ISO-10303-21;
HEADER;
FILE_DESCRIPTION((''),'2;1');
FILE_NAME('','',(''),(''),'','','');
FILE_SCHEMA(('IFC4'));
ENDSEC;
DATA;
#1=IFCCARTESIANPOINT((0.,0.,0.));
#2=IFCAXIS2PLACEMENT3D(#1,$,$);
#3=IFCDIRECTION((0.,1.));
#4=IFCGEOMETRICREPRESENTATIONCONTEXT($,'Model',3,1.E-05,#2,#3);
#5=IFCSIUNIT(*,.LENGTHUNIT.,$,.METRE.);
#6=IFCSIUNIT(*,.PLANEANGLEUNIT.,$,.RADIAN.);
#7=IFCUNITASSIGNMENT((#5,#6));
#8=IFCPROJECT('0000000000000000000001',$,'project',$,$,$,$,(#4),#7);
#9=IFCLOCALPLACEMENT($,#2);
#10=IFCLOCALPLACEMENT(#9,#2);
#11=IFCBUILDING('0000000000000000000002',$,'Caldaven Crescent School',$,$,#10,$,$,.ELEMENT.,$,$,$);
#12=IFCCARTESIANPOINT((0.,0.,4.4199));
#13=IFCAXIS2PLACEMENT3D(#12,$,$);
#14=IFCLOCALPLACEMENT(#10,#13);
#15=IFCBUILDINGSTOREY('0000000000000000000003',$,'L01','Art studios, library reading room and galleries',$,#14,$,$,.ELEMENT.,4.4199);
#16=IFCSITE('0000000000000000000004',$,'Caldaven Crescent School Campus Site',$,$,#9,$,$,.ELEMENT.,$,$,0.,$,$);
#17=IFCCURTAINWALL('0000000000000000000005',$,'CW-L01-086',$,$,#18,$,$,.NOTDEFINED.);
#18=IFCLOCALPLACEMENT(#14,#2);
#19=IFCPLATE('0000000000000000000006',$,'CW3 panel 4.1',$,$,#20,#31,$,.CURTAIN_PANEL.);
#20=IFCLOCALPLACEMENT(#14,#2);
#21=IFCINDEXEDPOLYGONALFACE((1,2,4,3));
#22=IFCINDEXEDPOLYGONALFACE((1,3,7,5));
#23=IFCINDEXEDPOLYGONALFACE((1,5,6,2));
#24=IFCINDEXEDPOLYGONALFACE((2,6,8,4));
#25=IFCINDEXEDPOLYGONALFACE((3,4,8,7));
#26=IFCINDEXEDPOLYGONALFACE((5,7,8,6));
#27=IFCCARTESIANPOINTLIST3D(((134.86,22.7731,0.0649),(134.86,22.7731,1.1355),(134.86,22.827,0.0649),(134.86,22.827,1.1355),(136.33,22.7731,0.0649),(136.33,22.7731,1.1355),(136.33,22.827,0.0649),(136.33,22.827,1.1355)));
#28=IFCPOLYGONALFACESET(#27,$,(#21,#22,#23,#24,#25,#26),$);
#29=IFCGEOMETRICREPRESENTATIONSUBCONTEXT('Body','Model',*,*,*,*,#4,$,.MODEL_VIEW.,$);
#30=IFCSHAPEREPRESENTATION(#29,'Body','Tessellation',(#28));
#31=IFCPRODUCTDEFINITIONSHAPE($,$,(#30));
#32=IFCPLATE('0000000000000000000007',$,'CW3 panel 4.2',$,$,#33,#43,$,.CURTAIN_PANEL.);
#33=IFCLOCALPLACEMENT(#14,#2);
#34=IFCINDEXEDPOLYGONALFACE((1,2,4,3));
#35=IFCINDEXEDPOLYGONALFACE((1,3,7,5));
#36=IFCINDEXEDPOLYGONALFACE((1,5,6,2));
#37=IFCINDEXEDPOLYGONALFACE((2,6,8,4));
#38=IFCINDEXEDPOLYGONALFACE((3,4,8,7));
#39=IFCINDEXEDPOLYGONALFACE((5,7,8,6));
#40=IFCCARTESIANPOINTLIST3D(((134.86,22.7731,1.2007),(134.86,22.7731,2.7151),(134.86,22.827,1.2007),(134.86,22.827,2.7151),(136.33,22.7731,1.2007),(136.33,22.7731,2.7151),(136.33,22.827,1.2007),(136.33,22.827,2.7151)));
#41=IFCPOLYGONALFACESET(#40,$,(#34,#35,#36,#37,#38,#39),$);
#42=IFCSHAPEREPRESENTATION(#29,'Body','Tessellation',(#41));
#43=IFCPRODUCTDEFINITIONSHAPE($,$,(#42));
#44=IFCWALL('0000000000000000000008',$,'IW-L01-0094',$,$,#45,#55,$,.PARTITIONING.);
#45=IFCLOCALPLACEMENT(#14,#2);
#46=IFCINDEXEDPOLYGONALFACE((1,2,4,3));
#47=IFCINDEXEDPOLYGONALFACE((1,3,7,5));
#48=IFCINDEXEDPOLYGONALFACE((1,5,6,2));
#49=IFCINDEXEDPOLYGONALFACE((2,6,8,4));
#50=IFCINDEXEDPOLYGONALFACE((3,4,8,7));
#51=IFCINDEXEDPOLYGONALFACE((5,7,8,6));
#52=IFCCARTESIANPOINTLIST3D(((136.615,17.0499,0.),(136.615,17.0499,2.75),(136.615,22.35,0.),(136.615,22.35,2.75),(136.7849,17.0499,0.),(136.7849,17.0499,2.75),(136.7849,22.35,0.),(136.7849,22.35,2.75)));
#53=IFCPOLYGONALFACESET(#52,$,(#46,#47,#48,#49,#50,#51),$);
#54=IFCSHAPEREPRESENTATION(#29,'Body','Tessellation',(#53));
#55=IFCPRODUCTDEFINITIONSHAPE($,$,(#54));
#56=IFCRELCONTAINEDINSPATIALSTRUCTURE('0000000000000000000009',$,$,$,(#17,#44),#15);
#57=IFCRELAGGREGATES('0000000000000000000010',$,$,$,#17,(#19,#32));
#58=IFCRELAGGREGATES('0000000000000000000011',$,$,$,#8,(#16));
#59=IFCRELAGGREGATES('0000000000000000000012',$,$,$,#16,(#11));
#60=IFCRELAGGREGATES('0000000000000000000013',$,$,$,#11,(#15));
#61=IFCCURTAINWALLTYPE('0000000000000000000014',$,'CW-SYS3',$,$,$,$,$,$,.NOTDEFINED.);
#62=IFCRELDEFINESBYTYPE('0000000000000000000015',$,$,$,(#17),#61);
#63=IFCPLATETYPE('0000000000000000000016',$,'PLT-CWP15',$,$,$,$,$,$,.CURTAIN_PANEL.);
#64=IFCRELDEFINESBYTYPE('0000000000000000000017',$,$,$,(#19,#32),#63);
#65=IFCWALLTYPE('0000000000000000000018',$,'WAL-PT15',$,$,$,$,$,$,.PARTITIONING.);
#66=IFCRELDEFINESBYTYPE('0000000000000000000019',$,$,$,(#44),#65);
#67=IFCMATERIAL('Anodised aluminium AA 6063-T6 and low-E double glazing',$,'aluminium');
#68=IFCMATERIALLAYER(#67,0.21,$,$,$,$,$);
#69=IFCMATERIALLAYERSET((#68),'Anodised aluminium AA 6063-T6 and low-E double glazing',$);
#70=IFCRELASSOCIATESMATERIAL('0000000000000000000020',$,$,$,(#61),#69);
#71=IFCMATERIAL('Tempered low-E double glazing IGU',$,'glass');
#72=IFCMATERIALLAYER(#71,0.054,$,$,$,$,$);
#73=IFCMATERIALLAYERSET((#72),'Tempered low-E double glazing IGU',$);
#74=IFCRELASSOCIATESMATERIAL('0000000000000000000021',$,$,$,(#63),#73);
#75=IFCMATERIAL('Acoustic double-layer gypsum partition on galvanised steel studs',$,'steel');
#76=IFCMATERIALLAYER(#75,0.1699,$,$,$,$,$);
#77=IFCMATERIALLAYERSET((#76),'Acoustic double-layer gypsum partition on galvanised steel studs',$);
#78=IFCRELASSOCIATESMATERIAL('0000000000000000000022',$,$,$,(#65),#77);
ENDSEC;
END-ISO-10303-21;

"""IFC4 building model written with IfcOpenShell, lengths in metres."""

from ifc_helpers import new_model, si_unit, direction, frame, frame_2d, origin, origin_2d, place, context, subcontext, project, spatial, rectangle, extrude, material, layer, layer_set, type_object, element, aggregate, save


model = new_model("IFC4")

# Units and contexts
model_context = context("Model", 3, precision=1e-05, world=origin(), true_north=direction((0.0, 1.0)))
body_context = subcontext(model_context, "Body", "Model", "MODEL_VIEW")
ifc_project = project(units=[si_unit("LENGTHUNIT", "METRE"), si_unit("PLANEANGLEUNIT", "RADIAN")], contexts=[model_context])

# Site, building, storey
site_placement = place(None, origin())
site = spatial("IfcSite", under=ifc_project, at=site_placement, Name="Caldaven Crescent School Campus Site", CompositionType="ELEMENT", RefElevation=0.0)
building_placement = place(site_placement, origin())
building = spatial("IfcBuilding", under=site, at=building_placement, Name="Caldaven Crescent School", CompositionType="ELEMENT")
storey_placement = place(building_placement, frame((0.0, 0.0, 4.4199)))
storey = spatial("IfcBuildingStorey", under=building, at=storey_placement, Name="L01", Description="Art studios, library reading room and galleries", CompositionType="ELEMENT", Elevation=4.4199)

# Curtain wall, plates
ifc_material_1 = material(Name="Anodised aluminium AA 6063-T6 and low-E double glazing", Category="aluminium")
ifc_layer_1 = layer(ifc_material_1, 0.21)
ifc_layer_set_1 = layer_set([ifc_layer_1], Name="Anodised aluminium AA 6063-T6 and low-E double glazing")
curtain_wall_type = type_object("IfcCurtainWallType", Name="CW-SYS3", PredefinedType="NOTDEFINED", material=ifc_layer_set_1)
curtain_wall_placement = place(storey_placement, origin())
curtain_wall = element("IfcCurtainWall", 1, at=curtain_wall_placement, inside=storey, type_object=curtain_wall_type, Name="CW-L01-086", PredefinedType="NOTDEFINED")
ifc_material_2 = material(Name="Tempered low-E double glazing IGU", Category="glass")
ifc_layer_2 = layer(ifc_material_2, 0.054)
ifc_layer_set_2 = layer_set([ifc_layer_2], Name="Tempered low-E double glazing IGU")
plate_type = type_object("IfcPlateType", Name="PLT-CWP15", PredefinedType="CURTAIN_PANEL", material=ifc_layer_set_2)
plate_1_placement = place(storey_placement, frame((135.595, 22.8, 0.0649), z_axis=(0.0, 0.0, 1.0), x_axis=(1.0, 0.0, 0.0)))
plate_1 = element("IfcPlate", 2, at=plate_1_placement, type_object=plate_type, Name="CW3 panel 4.1", PredefinedType="CURTAIN_PANEL", context=body_context, shape_type="SweptSolid", body=[
    extrude(rectangle(XDim=1.47, YDim=0.054, at=origin_2d()), origin(), (0.0, 0.0, 1.0), 1.0706),
])
plate_2_placement = place(storey_placement, frame((135.595, 22.8, 1.2007), z_axis=(0.0, 0.0, 1.0), x_axis=(1.0, 0.0, 0.0)))
plate_2 = element("IfcPlate", 3, at=plate_2_placement, type_object=plate_type, Name="CW3 panel 4.2", PredefinedType="CURTAIN_PANEL", context=body_context, shape_type="SweptSolid", body=[
    extrude(rectangle(XDim=1.47, YDim=0.054, at=origin_2d()), origin(), (0.0, 0.0, 1.0), 1.5144),
])
aggregate(curtain_wall, [plate_1, plate_2])

# Wall
ifc_material_3 = material(Name="Acoustic double-layer gypsum partition on galvanised steel studs", Category="steel")
ifc_layer_3 = layer(ifc_material_3, 0.1699)
ifc_layer_set_3 = layer_set([ifc_layer_3], Name="Acoustic double-layer gypsum partition on galvanised steel studs")
wall_type = type_object("IfcWallType", Name="WAL-PT15", PredefinedType="PARTITIONING", material=ifc_layer_set_3)
wall_placement = place(storey_placement, frame((136.7, 17.05, 0.0), z_axis=(0.0, 0.0, 1.0), x_axis=(0.0, 1.0, 0.0)))
element("IfcWall", 4, at=wall_placement, inside=storey, type_object=wall_type, Name="IW-L01-0094", PredefinedType="PARTITIONING", context=body_context, shape_type="SweptSolid", body=[
    extrude(rectangle(XDim=5.3, YDim=0.1699, at=frame_2d((2.6499, 0.0))), origin(), (0.0, 0.0, 1.0), 2.75),
])

save(model, "model.ifc")
